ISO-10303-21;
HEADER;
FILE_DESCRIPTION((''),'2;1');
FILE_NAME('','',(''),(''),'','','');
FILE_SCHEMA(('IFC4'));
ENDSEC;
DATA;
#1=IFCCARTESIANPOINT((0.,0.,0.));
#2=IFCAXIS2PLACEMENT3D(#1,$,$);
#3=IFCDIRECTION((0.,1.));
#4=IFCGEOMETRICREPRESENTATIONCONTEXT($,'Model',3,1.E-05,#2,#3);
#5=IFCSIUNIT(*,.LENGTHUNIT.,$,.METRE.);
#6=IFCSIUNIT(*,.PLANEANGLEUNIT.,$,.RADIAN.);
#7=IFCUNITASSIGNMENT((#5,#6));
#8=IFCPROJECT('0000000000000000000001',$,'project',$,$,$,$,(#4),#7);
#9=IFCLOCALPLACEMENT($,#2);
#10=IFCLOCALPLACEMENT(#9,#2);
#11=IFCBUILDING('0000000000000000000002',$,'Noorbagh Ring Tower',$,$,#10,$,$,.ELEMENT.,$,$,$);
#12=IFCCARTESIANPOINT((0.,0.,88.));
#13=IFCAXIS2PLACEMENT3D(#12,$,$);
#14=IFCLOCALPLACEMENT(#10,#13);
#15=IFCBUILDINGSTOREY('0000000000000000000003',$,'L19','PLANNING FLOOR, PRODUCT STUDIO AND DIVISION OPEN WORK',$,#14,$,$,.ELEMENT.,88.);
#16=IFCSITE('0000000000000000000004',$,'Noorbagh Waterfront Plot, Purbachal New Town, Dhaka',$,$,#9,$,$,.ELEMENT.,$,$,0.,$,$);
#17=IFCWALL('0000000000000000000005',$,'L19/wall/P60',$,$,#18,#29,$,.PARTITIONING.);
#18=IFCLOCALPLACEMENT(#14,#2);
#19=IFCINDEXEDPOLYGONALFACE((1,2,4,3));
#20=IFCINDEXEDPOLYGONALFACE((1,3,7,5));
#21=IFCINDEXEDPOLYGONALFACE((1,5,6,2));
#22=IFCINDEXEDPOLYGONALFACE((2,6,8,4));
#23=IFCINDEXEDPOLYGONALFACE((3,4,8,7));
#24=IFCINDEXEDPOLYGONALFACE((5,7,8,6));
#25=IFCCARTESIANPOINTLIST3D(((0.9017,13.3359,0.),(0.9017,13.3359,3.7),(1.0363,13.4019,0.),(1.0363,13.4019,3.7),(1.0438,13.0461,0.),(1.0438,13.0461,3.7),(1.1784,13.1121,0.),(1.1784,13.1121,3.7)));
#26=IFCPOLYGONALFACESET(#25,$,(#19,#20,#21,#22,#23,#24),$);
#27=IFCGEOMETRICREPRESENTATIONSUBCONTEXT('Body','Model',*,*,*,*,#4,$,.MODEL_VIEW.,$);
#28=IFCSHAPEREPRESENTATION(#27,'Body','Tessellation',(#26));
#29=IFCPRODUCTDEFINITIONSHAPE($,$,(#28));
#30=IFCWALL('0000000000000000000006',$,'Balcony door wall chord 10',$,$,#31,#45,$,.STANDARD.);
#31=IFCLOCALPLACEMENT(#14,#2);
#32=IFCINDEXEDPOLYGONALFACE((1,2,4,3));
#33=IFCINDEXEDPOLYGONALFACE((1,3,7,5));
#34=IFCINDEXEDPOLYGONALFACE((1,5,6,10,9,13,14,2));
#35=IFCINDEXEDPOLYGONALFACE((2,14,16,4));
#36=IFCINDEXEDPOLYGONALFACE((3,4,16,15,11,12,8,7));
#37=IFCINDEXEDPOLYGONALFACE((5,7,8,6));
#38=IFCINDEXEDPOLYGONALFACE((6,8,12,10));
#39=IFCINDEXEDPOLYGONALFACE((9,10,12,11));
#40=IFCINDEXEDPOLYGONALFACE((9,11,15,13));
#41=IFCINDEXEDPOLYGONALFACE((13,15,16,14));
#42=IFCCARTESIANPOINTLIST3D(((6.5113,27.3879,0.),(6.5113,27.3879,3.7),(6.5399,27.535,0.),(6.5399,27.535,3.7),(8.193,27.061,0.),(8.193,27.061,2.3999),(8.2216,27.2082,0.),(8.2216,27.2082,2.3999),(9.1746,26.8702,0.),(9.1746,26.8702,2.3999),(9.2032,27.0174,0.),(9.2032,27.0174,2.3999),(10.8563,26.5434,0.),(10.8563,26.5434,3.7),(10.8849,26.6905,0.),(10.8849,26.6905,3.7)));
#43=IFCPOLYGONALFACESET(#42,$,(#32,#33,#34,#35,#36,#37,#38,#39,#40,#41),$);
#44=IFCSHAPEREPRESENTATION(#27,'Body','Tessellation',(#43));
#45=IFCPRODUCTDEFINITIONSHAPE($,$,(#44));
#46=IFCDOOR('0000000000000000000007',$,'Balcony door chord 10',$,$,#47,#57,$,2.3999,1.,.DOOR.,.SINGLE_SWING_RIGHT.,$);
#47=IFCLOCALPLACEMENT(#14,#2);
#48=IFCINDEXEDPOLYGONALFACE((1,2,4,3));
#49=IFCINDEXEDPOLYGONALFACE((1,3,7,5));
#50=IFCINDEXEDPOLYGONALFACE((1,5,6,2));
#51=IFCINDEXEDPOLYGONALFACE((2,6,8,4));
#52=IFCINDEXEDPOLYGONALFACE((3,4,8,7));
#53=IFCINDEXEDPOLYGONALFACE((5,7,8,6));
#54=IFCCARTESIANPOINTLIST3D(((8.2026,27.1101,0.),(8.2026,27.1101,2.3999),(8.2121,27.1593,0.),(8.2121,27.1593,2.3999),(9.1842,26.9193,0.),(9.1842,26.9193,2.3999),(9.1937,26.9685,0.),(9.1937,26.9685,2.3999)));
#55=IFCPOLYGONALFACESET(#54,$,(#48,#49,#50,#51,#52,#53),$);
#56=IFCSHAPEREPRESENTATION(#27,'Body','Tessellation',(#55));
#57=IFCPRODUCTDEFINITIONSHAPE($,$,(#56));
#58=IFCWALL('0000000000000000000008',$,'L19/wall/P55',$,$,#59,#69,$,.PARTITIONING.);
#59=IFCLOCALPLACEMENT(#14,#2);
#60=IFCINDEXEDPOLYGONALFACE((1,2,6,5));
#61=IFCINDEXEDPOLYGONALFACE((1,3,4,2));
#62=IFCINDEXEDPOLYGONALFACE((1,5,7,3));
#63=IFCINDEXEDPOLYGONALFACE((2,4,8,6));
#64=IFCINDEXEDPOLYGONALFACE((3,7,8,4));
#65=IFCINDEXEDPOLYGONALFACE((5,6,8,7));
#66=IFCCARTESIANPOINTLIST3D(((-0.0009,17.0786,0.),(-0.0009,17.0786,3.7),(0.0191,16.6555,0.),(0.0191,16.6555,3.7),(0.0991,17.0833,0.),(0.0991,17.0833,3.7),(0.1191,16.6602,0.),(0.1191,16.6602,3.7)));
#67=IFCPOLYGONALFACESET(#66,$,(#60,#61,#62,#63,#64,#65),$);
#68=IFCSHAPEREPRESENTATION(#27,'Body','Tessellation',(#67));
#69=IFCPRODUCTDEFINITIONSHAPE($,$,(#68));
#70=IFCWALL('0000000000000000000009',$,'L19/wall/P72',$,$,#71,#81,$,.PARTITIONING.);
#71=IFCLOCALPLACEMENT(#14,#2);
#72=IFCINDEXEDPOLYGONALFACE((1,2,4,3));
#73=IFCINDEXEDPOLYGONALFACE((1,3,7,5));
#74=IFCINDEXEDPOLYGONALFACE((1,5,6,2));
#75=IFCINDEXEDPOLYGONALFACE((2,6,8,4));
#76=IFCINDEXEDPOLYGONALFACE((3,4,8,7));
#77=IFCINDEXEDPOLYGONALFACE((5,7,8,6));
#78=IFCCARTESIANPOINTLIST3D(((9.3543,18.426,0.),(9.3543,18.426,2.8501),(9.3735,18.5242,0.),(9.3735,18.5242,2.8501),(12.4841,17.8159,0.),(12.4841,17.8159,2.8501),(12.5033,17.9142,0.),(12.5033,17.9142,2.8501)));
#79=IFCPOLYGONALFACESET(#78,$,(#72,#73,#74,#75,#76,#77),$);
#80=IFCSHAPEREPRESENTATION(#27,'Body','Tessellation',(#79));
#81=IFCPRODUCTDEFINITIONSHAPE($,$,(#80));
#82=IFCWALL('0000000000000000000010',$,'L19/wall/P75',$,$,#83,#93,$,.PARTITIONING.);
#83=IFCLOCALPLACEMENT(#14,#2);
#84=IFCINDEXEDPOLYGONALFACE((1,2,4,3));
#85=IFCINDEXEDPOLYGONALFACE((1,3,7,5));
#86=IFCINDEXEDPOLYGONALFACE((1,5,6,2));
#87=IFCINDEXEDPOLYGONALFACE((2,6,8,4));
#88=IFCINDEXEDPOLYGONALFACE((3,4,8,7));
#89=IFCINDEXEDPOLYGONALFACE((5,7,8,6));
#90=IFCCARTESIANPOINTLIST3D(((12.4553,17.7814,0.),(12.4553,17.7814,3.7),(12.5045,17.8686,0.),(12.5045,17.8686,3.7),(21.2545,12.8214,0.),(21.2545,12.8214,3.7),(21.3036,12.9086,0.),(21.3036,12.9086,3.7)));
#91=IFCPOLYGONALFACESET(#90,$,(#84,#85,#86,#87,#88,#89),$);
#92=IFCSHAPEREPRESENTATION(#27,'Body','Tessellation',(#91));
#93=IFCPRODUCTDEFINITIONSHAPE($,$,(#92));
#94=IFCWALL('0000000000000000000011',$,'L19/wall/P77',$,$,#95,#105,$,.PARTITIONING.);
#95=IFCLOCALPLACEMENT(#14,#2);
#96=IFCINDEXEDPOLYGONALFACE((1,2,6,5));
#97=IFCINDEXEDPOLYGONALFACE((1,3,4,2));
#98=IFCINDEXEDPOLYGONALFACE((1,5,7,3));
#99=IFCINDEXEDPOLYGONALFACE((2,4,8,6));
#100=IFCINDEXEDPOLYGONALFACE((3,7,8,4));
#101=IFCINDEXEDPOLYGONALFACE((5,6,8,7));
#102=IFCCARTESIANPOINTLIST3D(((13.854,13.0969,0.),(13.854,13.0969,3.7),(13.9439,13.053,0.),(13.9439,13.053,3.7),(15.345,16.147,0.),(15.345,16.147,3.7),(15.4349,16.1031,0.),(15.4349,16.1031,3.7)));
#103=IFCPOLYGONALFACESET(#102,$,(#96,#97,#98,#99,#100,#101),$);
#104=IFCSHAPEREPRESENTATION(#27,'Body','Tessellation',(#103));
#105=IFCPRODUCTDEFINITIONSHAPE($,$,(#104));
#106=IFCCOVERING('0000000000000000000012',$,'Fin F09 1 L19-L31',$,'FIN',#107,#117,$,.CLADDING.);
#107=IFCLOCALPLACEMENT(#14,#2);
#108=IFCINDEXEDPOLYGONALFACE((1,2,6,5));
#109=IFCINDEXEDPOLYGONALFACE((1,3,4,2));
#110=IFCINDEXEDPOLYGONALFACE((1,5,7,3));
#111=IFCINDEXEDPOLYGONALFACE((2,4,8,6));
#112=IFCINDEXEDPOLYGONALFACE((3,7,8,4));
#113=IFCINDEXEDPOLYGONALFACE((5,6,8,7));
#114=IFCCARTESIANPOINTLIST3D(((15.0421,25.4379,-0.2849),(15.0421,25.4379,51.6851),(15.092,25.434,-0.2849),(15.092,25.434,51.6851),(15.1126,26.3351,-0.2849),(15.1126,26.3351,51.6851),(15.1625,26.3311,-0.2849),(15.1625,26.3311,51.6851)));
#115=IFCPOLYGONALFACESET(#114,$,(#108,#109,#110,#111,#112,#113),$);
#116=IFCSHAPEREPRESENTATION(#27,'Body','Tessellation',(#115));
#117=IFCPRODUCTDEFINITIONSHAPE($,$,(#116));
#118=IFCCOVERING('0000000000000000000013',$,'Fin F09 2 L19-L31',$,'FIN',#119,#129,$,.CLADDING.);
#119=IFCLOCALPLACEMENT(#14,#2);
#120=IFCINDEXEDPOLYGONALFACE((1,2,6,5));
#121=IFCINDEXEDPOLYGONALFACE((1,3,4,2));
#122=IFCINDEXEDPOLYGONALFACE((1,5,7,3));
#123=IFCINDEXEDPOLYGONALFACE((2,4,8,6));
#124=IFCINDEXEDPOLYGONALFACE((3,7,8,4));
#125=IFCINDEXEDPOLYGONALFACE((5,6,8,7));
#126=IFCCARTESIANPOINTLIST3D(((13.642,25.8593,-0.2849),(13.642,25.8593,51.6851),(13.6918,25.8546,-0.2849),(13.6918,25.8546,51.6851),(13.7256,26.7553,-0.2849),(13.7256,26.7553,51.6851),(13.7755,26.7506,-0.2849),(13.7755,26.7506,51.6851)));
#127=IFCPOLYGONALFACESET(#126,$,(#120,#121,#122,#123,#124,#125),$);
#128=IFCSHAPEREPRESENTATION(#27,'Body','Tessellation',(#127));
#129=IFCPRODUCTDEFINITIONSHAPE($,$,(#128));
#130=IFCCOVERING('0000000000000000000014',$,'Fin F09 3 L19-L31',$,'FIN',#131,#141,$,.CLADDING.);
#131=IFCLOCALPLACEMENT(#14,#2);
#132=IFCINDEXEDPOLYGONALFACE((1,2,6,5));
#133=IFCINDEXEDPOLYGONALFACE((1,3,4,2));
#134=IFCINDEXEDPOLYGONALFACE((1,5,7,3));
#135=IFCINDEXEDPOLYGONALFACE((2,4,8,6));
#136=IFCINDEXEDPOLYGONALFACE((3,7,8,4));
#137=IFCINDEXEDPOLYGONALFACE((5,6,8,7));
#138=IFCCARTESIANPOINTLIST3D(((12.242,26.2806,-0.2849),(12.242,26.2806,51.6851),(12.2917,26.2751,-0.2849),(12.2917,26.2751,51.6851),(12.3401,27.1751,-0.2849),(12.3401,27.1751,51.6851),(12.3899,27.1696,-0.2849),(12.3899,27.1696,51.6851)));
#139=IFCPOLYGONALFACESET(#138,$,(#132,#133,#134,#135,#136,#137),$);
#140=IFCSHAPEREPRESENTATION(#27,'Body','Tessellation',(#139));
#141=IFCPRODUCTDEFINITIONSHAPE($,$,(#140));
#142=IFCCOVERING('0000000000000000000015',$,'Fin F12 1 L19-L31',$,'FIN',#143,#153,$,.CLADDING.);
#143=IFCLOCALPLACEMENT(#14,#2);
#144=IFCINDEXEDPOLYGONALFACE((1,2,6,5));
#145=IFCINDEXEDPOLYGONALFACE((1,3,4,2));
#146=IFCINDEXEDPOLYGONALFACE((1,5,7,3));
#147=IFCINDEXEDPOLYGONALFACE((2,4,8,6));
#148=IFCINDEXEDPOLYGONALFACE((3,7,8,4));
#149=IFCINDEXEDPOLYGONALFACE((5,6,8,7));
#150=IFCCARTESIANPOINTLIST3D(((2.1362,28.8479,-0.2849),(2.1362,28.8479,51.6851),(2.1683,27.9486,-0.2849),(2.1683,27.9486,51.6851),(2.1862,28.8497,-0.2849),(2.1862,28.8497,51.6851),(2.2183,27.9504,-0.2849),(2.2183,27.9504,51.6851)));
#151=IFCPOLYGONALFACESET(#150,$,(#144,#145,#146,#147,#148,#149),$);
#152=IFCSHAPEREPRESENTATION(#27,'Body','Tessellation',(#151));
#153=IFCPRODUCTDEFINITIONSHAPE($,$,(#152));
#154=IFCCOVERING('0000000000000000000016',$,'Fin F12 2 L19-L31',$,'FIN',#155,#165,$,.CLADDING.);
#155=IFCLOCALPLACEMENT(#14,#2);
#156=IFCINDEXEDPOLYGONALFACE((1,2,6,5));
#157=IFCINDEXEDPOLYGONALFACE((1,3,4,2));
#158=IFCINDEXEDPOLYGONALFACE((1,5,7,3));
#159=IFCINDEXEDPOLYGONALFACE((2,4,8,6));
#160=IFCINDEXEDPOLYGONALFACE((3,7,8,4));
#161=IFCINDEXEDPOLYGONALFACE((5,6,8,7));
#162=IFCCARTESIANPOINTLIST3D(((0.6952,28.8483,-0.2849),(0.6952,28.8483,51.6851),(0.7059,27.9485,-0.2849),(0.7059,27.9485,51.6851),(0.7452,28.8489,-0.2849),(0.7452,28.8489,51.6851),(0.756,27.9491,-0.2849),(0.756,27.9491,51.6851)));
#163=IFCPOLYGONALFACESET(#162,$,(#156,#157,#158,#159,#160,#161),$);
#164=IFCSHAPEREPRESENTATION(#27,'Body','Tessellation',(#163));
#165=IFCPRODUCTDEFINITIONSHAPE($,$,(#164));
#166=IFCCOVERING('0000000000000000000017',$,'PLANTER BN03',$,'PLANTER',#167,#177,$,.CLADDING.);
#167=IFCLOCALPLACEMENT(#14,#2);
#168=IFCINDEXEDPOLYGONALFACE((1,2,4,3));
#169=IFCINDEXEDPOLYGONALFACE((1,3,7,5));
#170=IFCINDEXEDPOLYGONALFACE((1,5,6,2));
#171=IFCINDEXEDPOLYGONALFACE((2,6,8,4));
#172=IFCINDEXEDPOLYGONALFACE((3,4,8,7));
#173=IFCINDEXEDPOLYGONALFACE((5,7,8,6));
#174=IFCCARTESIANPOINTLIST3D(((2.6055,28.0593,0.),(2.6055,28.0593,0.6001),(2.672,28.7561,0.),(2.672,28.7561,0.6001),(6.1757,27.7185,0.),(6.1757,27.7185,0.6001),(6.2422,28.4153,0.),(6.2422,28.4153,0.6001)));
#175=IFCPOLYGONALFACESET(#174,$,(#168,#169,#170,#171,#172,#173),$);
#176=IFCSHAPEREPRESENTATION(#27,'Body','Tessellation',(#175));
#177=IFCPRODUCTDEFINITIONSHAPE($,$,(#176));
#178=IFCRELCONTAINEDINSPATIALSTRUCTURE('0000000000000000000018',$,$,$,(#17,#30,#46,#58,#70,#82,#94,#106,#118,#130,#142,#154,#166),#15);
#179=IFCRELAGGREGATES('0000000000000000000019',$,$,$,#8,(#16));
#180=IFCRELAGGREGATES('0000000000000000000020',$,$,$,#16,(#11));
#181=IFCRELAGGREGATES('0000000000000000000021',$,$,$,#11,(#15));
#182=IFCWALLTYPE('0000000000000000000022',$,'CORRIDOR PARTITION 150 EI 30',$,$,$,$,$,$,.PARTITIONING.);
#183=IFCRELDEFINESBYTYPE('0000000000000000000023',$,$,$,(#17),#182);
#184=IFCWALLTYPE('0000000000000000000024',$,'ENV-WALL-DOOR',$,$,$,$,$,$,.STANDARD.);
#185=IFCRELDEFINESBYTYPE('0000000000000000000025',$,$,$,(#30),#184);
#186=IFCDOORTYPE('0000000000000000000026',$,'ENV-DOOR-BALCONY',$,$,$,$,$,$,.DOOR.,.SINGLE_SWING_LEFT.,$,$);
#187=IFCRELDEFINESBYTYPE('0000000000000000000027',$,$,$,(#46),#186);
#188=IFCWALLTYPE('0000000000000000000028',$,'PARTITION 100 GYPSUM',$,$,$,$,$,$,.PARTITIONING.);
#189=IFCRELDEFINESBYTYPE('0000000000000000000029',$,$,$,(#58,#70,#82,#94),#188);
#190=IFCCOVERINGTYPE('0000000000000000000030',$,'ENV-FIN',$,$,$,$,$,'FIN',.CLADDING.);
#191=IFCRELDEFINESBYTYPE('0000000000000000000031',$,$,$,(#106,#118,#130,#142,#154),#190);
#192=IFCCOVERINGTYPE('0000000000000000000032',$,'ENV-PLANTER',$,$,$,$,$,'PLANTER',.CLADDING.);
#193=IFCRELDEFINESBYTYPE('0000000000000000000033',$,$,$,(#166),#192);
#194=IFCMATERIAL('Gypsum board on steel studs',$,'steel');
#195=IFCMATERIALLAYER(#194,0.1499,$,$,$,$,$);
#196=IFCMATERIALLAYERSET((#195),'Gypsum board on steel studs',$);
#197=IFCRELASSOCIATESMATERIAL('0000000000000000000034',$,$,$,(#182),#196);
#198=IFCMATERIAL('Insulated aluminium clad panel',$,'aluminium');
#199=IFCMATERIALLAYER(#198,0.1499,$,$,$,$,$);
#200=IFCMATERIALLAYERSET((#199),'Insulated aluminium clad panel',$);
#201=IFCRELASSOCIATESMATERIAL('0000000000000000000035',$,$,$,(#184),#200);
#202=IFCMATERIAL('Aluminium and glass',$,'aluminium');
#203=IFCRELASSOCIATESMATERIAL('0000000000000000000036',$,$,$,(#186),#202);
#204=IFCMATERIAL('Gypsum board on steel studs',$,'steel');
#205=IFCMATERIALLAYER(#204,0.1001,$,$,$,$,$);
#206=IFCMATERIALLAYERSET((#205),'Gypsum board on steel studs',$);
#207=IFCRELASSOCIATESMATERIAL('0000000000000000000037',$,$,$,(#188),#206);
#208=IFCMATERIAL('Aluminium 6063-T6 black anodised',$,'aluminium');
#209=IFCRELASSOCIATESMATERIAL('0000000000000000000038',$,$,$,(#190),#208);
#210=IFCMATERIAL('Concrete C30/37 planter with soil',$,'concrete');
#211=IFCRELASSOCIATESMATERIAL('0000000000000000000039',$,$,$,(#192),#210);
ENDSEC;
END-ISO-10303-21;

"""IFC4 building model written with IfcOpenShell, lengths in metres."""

from ifc_helpers import new_model, si_unit, direction, frame, frame_2d, origin, origin_2d, place, context, subcontext, project, spatial, rectangle, extrude, material, layer, layer_set, material_profile, profile_set, type_object, element, fill, save


model = new_model("IFC4")

# Units and contexts
model_context = context("Model", 3, precision=1e-05, world=origin(), true_north=direction((0.0, 1.0)))
body_context = subcontext(model_context, "Body", "Model", "MODEL_VIEW")
ifc_project = project(units=[si_unit("LENGTHUNIT", "METRE"), si_unit("PLANEANGLEUNIT", "RADIAN")], contexts=[model_context])

# Site, building, storey
site_placement = place(None, origin())
site = spatial("IfcSite", under=ifc_project, at=site_placement, Name="Noorbagh Waterfront Plot, Purbachal New Town, Dhaka", CompositionType="ELEMENT", RefElevation=0.0)
building_placement = place(site_placement, origin())
building = spatial("IfcBuilding", under=site, at=building_placement, Name="Noorbagh Ring Tower", CompositionType="ELEMENT")
storey_placement = place(building_placement, frame((0.0, 0.0, 88.0)))
storey = spatial("IfcBuildingStorey", under=building, at=storey_placement, Name="L19", Description="PLANNING FLOOR, PRODUCT STUDIO AND DIVISION OPEN WORK", CompositionType="ELEMENT", Elevation=88.0)

# Wall
ifc_material_1 = material(Name="Gypsum board on steel studs", Category="steel")
ifc_layer_1 = layer(ifc_material_1, 0.1499)
ifc_layer_set_1 = layer_set([ifc_layer_1], Name="Gypsum board on steel studs")
wall_type_1 = type_object("IfcWallType", Name="CORRIDOR PARTITION 150 EI 30", PredefinedType="PARTITIONING", material=ifc_layer_set_1)
wall_1_placement = place(storey_placement, frame((0.969, 13.3689, 0.0), z_axis=(0.0, 0.0, 1.0), x_axis=(0.440241, -0.89788, 0.0)))
element("IfcWall", 1, at=wall_1_placement, inside=storey, type_object=wall_type_1, Name="L19/wall/P60", PredefinedType="PARTITIONING", context=body_context, shape_type="SweptSolid", body=[
    extrude(rectangle(XDim=0.3228, YDim=0.1499, at=frame_2d((0.1614, 0.0))), origin(), (0.0, 0.0, 1.0), 3.7),
])

# Wall, opening, door
ifc_material_2 = material(Name="Insulated aluminium clad panel", Category="aluminium")
ifc_layer_2 = layer(ifc_material_2, 0.1499)
ifc_layer_set_2 = layer_set([ifc_layer_2], Name="Insulated aluminium clad panel")
wall_type_2 = type_object("IfcWallType", Name="ENV-WALL-DOOR", PredefinedType="STANDARD", material=ifc_layer_set_2)
wall_2_placement = place(storey_placement, frame((10.8706, 26.6169, 0.0), z_axis=(0.0, 0.0, 1.0), x_axis=(-0.981631, 0.190788, 0.0)))
wall_2 = element("IfcWall", 2, at=wall_2_placement, inside=storey, type_object=wall_type_2, Name="Balcony door wall chord 10", PredefinedType="STANDARD", context=body_context, shape_type="SweptSolid", body=[
    extrude(rectangle(XDim=4.4263, YDim=0.1499, at=frame_2d((2.2131, 0.0))), origin(), (0.0, 0.0, 1.0), 3.7),
])
opening_placement = place(wall_2_placement, frame((1.7131, 0.0, 0.0)))
opening = element("IfcOpeningElement", 3, at=opening_placement, cuts=wall_2, PredefinedType="OPENING", context=body_context, shape_type="SweptSolid", body=[
    extrude(rectangle(XDim=1.0, YDim=2.3999, at=frame_2d((0.5, 1.2))), frame((0.0, 0.085, 0.0), z_axis=(0.0, -1.0, 0.0), x_axis=(1.0, 0.0, 0.0)), (0.0, 0.0, 1.0), 0.1699),
])
ifc_material_3 = material(Name="Aluminium and glass", Category="aluminium")
door_type = type_object("IfcDoorType", Name="ENV-DOOR-BALCONY", OperationType="SINGLE_SWING_LEFT", PredefinedType="DOOR", material=ifc_material_3)
door_placement = place(opening_placement, origin())
door = element("IfcDoor", 4, at=door_placement, inside=storey, type_object=door_type, Name="Balcony door chord 10", OperationType="SINGLE_SWING_RIGHT", OverallHeight=2.3999, OverallWidth=1.0, PredefinedType="DOOR", context=body_context, shape_type="SweptSolid", body=[
    extrude(rectangle(XDim=1.0, YDim=2.3999, at=frame_2d((0.5, 1.2))), frame((0.0, 0.0249, 0.0), z_axis=(0.0, -1.0, 0.0), x_axis=(1.0, 0.0, 0.0)), (0.0, 0.0, 1.0), 0.05),
])
fill(opening, door)

# Walls
ifc_material_4 = material(Name="Gypsum board on steel studs", Category="steel")
ifc_layer_3 = layer(ifc_material_4, 0.1001)
ifc_layer_set_3 = layer_set([ifc_layer_3], Name="Gypsum board on steel studs")
wall_type_3 = type_object("IfcWallType", Name="PARTITION 100 GYPSUM", PredefinedType="PARTITIONING", material=ifc_layer_set_3)
wall_3_placement = place(storey_placement, frame((0.0491, 17.0811, 0.0), z_axis=(0.0, 0.0, 1.0), x_axis=(0.047264, -0.998882, 0.0)))
element("IfcWall", 5, at=wall_3_placement, inside=storey, type_object=wall_type_3, Name="L19/wall/P55", PredefinedType="PARTITIONING", context=body_context, shape_type="SweptSolid", body=[
    extrude(rectangle(XDim=0.4236, YDim=0.1001, at=frame_2d((0.2119, 0.0))), origin(), (0.0, 0.0, 1.0), 3.7),
])
wall_4_placement = place(storey_placement, frame((9.364, 18.4751, 0.0), z_axis=(0.0, 0.0, 1.0), x_axis=(0.981526, -0.191329, 0.0)))
element("IfcWall", 6, at=wall_4_placement, inside=storey, type_object=wall_type_3, Name="L19/wall/P72", PredefinedType="PARTITIONING", context=body_context, shape_type="SweptSolid", body=[
    extrude(rectangle(XDim=3.1887, YDim=0.1001, at=frame_2d((1.5942, 0.0))), origin(), (0.0, 0.0, 1.0), 2.8501),
])
wall_5_placement = place(storey_placement, frame((12.48, 17.825, 0.0), z_axis=(0.0, 0.0, 1.0), x_axis=(0.871132, -0.491049, 0.0)))
element("IfcWall", 7, at=wall_5_placement, inside=storey, type_object=wall_type_3, Name="L19/wall/P75", PredefinedType="PARTITIONING", context=body_context, shape_type="SweptSolid", body=[
    extrude(rectangle(XDim=10.1008, YDim=0.1001, at=frame_2d((5.0503, 0.0))), origin(), (0.0, 0.0, 1.0), 3.7),
])
wall_6_placement = place(storey_placement, frame((13.8989, 13.075, 0.0), z_axis=(0.0, 0.0, 1.0), x_axis=(0.43917, 0.898404, 0.0)))
element("IfcWall", 8, at=wall_6_placement, inside=storey, type_object=wall_type_3, Name="L19/wall/P77", PredefinedType="PARTITIONING", context=body_context, shape_type="SweptSolid", body=[
    extrude(rectangle(XDim=3.395, YDim=0.1001, at=frame_2d((1.6975, 0.0))), origin(), (0.0, 0.0, 1.0), 3.7),
])

# Coverings
ifc_material_5 = material(Name="Aluminium 6063-T6 black anodised", Category="aluminium")
ifc_material_profile_1 = material_profile(ifc_material_5, rectangle(XDim=0.8999, YDim=0.05, at=origin_2d()), Name="900x50")
ifc_profile_set_1 = profile_set([ifc_material_profile_1], Name="Aluminium 6063-T6 black anodised")
covering_type_1 = type_object("IfcCoveringType", Name="ENV-FIN", ElementType="FIN", PredefinedType="CLADDING", material=ifc_profile_set_1)
for number, where, z_axis, x_axis, name in (
    (9, (15.1023, 25.8845, -0.2849), (0.0, 0.0, 1.0), (0.078357, 0.996925, 0.0), "Fin F09 1 L19-L31"),
    (10, (13.7087, 26.3049, -0.2849), (0.0, 0.0, 1.0), (0.092918, 0.995674, 0.0), "Fin F09 2 L19-L31"),
    (11, (12.3159, 26.7251, -0.2849), (0.0, 0.0, 1.0), (0.109101, 0.994031, 0.0), "Fin F09 3 L19-L31"),
    (12, (2.1772, 28.3992, -0.2849), (0.0, 0.0, 1.0), (-0.035641, 0.999365, 0.0), "Fin F12 1 L19-L31"),
    (13, (0.7256, 28.3987, -0.2849), (0.0, 0.0, 1.0), (-0.011915, 0.999929, 0.0), "Fin F12 2 L19-L31"),
):
    element("IfcCovering", number, at=place(storey_placement, frame(where, z_axis=z_axis, x_axis=x_axis)), inside=storey, type_object=covering_type_1, Name=name, ObjectType="FIN", PredefinedType="CLADDING", context=body_context, shape_type="SweptSolid", body=[
        extrude(rectangle(XDim=0.8999, YDim=0.05, at=origin_2d()), origin(), (0.0, 0.0, 1.0), 51.97),
    ])

# Covering
ifc_material_6 = material(Name="Concrete C30/37 planter with soil", Category="concrete")
covering_type_2 = type_object("IfcCoveringType", Name="ENV-PLANTER", ElementType="PLANTER", PredefinedType="CLADDING", material=ifc_material_6)
covering_placement = place(storey_placement, frame((4.4238, 28.2373, 0.0), z_axis=(0.0, 0.0, 1.0), x_axis=(-0.995476, 0.095008, 0.0)))
element("IfcCovering", 14, at=covering_placement, inside=storey, type_object=covering_type_2, Name="PLANTER BN03", ObjectType="PLANTER", PredefinedType="CLADDING", context=body_context, shape_type="SweptSolid", body=[
    extrude(rectangle(XDim=3.5864, YDim=0.7, at=origin_2d()), origin(), (0.0, 0.0, 1.0), 0.6001),
])

save(model, "model.ifc")
